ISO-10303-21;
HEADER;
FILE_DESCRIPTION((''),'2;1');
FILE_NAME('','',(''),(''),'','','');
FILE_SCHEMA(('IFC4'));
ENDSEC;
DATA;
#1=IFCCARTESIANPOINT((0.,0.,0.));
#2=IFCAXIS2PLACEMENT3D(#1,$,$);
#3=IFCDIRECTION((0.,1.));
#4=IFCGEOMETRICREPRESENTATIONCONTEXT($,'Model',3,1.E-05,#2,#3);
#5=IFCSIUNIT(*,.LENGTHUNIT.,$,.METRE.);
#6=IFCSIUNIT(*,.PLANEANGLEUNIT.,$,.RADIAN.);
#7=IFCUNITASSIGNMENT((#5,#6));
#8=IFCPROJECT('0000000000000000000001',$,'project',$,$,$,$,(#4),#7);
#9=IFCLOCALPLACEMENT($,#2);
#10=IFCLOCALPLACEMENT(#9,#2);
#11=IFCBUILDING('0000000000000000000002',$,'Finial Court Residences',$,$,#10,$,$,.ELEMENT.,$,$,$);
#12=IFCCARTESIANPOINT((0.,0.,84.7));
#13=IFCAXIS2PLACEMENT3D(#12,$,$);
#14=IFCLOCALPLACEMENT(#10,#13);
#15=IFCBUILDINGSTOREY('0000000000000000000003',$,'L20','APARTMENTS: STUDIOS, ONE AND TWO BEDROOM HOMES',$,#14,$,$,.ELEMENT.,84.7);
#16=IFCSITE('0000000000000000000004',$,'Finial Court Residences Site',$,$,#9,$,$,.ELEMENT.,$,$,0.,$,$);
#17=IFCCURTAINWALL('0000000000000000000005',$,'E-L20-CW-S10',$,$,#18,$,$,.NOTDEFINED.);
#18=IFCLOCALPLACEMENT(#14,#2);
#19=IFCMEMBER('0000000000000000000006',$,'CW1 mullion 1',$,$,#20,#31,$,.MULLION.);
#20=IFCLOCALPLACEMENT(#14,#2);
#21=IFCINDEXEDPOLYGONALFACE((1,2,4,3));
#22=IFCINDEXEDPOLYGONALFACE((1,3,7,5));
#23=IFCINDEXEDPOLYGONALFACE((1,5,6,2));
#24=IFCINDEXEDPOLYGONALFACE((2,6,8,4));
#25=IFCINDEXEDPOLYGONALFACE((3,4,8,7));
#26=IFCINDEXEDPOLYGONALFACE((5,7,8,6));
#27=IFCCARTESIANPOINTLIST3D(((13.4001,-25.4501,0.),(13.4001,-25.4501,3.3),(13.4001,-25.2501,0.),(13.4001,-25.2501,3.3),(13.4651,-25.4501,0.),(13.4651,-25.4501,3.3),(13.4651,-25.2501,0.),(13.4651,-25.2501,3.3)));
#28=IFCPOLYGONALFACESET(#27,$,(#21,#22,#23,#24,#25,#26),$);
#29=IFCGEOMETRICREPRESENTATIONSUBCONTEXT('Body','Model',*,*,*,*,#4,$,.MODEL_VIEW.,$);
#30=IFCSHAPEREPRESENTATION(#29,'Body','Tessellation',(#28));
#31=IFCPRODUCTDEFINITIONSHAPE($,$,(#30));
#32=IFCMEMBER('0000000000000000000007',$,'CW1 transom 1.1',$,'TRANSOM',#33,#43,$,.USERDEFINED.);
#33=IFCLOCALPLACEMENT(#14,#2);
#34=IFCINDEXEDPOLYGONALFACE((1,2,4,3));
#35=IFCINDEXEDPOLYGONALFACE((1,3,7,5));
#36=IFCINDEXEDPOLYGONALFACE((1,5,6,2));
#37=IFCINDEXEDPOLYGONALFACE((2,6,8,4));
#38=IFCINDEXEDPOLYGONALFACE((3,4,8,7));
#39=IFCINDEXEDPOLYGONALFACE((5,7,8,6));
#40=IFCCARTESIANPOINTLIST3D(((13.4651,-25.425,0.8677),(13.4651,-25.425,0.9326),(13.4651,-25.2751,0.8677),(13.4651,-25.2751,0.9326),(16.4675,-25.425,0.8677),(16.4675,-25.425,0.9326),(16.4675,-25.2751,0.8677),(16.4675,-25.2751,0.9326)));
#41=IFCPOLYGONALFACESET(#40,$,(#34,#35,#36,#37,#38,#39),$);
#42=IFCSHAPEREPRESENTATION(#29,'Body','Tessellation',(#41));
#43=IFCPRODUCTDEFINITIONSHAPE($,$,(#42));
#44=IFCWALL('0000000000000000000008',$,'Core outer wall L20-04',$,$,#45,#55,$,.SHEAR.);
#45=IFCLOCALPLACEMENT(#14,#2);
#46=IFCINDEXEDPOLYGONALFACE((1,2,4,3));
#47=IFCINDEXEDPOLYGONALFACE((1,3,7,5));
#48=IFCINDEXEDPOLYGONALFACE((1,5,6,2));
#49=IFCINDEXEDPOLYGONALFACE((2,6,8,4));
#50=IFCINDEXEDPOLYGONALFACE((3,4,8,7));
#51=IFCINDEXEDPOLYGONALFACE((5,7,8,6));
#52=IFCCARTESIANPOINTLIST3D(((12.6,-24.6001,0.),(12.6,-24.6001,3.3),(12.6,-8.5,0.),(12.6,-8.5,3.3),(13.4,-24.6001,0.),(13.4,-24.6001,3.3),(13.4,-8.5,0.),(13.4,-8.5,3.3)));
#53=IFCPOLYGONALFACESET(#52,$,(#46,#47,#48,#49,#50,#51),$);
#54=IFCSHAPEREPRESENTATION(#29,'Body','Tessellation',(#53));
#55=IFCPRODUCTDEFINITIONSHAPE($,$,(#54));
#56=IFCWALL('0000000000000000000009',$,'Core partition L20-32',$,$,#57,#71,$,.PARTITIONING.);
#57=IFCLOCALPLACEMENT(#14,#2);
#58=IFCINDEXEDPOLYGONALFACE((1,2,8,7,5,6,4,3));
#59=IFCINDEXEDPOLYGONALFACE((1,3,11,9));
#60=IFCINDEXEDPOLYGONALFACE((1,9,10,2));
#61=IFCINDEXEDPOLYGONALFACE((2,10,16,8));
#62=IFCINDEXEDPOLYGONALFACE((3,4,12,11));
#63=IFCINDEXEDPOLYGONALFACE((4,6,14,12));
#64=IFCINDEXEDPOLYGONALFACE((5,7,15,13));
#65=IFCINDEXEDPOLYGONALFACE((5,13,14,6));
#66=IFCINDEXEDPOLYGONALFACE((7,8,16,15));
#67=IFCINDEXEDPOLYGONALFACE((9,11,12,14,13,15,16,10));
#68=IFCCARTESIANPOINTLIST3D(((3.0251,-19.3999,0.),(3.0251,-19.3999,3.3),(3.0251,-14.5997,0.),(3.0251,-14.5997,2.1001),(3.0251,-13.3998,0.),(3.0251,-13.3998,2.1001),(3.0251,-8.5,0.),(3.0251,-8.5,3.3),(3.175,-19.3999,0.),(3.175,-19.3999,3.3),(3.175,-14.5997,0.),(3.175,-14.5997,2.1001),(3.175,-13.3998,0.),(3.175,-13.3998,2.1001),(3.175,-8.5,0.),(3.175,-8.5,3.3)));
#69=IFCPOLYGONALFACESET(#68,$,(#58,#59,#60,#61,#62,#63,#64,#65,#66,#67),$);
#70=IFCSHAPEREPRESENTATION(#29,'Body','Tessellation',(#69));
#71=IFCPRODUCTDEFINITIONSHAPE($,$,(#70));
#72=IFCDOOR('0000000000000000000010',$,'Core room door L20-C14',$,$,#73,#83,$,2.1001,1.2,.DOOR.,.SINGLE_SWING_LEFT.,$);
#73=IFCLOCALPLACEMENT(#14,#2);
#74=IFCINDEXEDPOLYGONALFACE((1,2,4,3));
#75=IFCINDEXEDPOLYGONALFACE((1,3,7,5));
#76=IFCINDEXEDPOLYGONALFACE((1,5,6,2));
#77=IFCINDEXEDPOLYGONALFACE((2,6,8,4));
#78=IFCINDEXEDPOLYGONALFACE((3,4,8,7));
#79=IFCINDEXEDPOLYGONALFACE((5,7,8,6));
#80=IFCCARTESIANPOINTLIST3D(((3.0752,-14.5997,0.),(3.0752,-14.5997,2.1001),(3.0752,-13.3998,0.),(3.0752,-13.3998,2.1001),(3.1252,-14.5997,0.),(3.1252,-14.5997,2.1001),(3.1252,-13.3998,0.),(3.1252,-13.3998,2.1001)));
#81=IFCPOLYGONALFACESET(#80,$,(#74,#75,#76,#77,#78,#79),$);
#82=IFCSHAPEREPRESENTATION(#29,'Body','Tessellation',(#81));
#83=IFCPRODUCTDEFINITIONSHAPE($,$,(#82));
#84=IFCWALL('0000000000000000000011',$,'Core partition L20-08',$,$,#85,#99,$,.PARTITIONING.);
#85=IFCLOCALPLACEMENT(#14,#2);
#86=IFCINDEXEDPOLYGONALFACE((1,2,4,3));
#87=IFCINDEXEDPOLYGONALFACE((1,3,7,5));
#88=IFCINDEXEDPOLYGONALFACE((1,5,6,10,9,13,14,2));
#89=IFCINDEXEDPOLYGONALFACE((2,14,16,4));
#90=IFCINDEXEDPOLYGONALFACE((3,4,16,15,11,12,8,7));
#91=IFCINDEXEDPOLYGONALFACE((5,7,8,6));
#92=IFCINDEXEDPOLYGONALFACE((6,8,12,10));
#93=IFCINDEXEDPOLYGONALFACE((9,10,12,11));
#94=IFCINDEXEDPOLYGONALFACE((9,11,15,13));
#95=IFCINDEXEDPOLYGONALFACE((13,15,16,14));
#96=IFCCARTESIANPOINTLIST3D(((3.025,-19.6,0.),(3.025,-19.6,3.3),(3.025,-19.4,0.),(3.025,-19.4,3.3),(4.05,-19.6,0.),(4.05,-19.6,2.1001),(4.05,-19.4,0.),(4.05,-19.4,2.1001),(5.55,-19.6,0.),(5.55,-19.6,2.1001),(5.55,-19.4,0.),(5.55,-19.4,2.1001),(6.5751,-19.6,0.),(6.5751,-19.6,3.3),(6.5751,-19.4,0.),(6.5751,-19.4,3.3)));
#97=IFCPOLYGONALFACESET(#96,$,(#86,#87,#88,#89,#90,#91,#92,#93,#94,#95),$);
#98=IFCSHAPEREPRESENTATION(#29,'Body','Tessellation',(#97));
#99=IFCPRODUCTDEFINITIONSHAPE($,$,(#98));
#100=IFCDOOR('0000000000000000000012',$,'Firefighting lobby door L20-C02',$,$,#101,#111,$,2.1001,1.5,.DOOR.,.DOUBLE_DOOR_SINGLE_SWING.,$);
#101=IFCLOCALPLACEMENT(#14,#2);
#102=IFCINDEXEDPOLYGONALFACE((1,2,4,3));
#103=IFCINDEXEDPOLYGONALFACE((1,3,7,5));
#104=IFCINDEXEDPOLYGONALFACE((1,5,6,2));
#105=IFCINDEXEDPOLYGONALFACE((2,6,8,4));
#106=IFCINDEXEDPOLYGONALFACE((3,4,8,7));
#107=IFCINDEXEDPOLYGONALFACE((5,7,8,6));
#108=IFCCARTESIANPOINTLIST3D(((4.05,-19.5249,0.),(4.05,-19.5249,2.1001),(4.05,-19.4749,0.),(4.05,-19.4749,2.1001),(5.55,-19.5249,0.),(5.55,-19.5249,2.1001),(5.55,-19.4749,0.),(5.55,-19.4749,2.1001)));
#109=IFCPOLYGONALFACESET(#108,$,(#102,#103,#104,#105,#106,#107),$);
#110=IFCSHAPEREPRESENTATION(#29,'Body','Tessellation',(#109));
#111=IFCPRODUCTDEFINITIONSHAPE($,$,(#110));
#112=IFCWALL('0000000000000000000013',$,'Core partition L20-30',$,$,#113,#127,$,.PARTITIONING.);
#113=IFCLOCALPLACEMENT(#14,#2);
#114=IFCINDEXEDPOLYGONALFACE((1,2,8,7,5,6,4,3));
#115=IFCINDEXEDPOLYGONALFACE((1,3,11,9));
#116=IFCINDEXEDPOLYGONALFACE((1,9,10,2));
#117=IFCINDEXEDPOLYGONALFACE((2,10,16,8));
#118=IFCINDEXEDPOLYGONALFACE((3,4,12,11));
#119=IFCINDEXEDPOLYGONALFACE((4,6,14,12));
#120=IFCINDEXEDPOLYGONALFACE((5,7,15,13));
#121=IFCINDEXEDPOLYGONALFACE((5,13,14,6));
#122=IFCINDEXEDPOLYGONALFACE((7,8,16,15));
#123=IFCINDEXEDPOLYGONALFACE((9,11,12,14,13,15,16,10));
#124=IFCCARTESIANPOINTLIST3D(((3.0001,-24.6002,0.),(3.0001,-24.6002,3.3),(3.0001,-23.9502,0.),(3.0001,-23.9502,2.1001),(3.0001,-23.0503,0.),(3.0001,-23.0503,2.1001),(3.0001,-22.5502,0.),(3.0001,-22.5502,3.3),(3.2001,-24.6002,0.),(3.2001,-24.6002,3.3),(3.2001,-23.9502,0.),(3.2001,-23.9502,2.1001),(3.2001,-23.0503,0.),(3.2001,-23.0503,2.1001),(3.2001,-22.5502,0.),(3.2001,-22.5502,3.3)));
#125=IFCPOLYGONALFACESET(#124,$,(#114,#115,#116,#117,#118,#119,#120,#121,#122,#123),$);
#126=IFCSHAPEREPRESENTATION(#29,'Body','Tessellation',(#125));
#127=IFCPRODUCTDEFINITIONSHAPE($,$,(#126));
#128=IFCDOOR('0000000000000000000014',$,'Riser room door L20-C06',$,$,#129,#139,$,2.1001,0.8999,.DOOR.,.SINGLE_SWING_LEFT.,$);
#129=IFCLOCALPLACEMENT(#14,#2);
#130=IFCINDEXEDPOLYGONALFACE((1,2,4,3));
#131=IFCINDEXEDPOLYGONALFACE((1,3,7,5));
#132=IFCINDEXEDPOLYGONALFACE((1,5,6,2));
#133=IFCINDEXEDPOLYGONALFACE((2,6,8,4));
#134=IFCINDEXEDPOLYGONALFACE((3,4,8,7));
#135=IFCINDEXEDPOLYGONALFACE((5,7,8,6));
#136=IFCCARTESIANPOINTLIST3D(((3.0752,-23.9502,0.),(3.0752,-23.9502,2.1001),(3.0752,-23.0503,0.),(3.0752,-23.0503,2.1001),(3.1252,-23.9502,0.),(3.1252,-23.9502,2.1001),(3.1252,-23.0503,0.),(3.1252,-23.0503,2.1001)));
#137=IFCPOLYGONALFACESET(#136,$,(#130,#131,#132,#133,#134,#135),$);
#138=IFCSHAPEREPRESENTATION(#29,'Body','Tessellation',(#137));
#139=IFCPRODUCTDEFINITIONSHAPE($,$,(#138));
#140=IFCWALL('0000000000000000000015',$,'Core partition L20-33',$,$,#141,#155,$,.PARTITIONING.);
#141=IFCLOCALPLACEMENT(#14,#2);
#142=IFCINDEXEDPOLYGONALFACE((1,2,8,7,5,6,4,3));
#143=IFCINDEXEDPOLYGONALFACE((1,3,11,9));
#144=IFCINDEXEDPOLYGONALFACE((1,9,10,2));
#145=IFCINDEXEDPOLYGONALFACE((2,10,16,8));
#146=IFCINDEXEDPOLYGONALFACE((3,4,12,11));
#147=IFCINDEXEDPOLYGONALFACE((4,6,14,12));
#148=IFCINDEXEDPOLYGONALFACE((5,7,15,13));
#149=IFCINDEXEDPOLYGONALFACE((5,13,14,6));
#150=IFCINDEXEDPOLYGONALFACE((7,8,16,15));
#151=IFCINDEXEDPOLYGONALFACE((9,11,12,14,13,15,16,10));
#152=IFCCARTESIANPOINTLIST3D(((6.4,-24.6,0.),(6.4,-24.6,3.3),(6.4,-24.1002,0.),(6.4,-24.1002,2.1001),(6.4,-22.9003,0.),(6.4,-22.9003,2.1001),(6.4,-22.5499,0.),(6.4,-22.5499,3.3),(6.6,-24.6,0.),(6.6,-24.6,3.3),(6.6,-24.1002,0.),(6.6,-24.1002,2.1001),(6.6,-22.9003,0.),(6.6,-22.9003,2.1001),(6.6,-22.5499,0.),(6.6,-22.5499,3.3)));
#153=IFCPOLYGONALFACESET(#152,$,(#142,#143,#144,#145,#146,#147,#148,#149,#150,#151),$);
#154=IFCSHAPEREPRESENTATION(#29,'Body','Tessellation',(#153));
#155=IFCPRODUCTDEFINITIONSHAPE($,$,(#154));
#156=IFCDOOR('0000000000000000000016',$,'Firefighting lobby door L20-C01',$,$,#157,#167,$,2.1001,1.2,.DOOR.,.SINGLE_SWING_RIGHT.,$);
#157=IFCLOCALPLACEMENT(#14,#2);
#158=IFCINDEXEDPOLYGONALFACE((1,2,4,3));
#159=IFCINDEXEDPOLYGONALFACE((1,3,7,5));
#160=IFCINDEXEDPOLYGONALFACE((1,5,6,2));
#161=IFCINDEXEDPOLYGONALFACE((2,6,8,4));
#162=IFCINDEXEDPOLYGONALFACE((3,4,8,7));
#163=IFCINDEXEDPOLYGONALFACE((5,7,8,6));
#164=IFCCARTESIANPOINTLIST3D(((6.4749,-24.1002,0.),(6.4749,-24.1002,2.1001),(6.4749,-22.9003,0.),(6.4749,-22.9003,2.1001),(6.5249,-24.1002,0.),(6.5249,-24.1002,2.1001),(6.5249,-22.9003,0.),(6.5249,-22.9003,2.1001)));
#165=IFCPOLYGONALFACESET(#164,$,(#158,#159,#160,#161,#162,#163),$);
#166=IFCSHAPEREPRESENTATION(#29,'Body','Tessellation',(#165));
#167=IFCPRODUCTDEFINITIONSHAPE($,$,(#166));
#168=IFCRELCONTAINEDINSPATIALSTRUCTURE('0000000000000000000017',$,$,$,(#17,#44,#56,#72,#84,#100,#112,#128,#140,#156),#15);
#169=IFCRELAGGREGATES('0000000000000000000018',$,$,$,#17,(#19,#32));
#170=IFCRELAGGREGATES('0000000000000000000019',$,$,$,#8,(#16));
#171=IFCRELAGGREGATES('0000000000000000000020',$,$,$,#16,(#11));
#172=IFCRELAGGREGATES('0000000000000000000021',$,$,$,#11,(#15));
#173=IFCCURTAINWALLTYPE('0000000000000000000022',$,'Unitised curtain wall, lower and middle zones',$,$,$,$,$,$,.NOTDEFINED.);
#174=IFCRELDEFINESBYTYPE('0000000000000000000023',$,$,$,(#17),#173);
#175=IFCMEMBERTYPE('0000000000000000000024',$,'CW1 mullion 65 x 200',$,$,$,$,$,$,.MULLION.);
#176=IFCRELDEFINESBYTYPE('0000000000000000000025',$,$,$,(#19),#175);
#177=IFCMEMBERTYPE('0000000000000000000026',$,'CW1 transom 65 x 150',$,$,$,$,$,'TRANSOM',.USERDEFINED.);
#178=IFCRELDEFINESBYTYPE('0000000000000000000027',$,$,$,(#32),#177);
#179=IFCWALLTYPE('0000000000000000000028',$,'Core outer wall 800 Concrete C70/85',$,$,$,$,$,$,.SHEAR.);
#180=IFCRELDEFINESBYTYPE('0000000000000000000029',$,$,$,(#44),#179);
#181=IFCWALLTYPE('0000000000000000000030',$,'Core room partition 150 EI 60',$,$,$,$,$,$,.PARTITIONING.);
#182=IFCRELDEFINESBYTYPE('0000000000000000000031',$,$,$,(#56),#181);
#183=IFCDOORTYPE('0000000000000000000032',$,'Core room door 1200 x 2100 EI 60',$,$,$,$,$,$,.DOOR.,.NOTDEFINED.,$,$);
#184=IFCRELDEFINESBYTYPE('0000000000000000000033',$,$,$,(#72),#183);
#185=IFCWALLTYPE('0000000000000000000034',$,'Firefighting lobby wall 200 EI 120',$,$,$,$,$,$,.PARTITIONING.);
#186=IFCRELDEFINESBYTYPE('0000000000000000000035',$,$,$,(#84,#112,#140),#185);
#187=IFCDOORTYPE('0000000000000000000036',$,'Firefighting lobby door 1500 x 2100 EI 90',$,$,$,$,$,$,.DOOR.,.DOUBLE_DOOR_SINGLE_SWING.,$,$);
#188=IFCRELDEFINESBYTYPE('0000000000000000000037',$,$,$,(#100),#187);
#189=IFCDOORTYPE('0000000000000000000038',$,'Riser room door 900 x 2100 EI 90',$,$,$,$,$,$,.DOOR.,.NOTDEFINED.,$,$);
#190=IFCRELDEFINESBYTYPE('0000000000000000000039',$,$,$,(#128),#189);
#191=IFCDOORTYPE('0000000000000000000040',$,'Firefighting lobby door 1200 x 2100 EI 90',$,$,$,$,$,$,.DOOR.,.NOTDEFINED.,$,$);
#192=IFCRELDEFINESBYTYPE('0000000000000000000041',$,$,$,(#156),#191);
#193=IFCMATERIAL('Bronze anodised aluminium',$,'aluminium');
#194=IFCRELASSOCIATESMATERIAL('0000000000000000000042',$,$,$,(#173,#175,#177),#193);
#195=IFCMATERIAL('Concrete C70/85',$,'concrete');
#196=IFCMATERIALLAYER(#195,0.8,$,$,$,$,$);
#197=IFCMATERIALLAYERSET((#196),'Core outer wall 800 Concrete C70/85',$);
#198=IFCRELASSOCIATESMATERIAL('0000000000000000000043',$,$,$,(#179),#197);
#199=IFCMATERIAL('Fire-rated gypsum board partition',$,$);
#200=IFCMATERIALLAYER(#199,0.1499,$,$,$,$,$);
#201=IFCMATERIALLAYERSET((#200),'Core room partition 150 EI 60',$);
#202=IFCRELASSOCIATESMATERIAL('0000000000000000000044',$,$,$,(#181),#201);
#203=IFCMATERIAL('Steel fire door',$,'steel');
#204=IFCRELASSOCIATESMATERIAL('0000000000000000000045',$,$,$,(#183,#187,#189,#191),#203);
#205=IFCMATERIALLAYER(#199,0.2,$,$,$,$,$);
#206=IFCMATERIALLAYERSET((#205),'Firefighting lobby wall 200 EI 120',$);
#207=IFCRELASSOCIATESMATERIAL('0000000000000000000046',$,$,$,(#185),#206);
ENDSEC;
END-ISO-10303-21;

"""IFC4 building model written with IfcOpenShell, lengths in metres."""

from ifc_helpers import new_model, si_unit, direction, frame, frame_2d, origin, origin_2d, place, context, subcontext, project, spatial, rectangle, extrude, material, layer, layer_set, material_profile, profile_set, type_object, element, fill, aggregate, save


model = new_model("IFC4")

# Units and contexts
model_context = context("Model", 3, precision=1e-05, world=origin(), true_north=direction((0.0, 1.0)))
body_context = subcontext(model_context, "Body", "Model", "MODEL_VIEW")
ifc_project = project(units=[si_unit("LENGTHUNIT", "METRE"), si_unit("PLANEANGLEUNIT", "RADIAN")], contexts=[model_context])

# Site, building, storey
site_placement = place(None, origin())
site = spatial("IfcSite", under=ifc_project, at=site_placement, Name="Finial Court Residences Site", CompositionType="ELEMENT", RefElevation=0.0)
building_placement = place(site_placement, origin())
building = spatial("IfcBuilding", under=site, at=building_placement, Name="Finial Court Residences", CompositionType="ELEMENT")
storey_placement = place(building_placement, frame((0.0, 0.0, 84.7)))
storey = spatial("IfcBuildingStorey", under=building, at=storey_placement, Name="L20", Description="APARTMENTS: STUDIOS, ONE AND TWO BEDROOM HOMES", CompositionType="ELEMENT", Elevation=84.7)

# Curtain wall, members
ifc_material_1 = material(Name="Bronze anodised aluminium", Category="aluminium")
curtain_wall_type = type_object("IfcCurtainWallType", Name="Unitised curtain wall, lower and middle zones", PredefinedType="NOTDEFINED", material=ifc_material_1)
curtain_wall_placement = place(storey_placement, origin())
curtain_wall = element("IfcCurtainWall", 1, at=curtain_wall_placement, inside=storey, type_object=curtain_wall_type, Name="E-L20-CW-S10", PredefinedType="NOTDEFINED")
ifc_material_profile_1 = material_profile(ifc_material_1, rectangle(XDim=0.2, YDim=0.0649, at=origin_2d()), Name="CW1 mullion 65 x 200")
ifc_profile_set_1 = profile_set([ifc_material_profile_1], Name="Bronze anodised aluminium")
member_type_1 = type_object("IfcMemberType", Name="CW1 mullion 65 x 200", PredefinedType="MULLION", material=ifc_profile_set_1)
member_1_placement = place(storey_placement, frame((13.4326, -25.3501, 0.0), z_axis=(0.0, 0.0, 1.0), x_axis=(0.0, 1.0, 0.0)))
member_1 = element("IfcMember", 2, at=member_1_placement, type_object=member_type_1, Name="CW1 mullion 1", PredefinedType="MULLION", context=body_context, shape_type="SweptSolid", body=[
    extrude(rectangle(XDim=0.2, YDim=0.0649, at=origin_2d()), origin(), (0.0, 0.0, 1.0), 3.3),
])
ifc_material_profile_2 = material_profile(ifc_material_1, rectangle(XDim=0.1499, YDim=0.0649, at=origin_2d()), Name="CW1 transom 65 x 150")
ifc_profile_set_2 = profile_set([ifc_material_profile_2], Name="Bronze anodised aluminium")
member_type_2 = type_object("IfcMemberType", Name="CW1 transom 65 x 150", ElementType="TRANSOM", PredefinedType="USERDEFINED", material=ifc_profile_set_2)
member_2_placement = place(storey_placement, frame((13.4651, -25.3501, 0.9001), z_axis=(1.0, 0.0, 0.0), x_axis=(0.0, 1.0, 0.0)))
member_2 = element("IfcMember", 3, at=member_2_placement, type_object=member_type_2, Name="CW1 transom 1.1", ObjectType="TRANSOM", PredefinedType="USERDEFINED", context=body_context, shape_type="SweptSolid", body=[
    extrude(rectangle(XDim=0.1499, YDim=0.0649, at=origin_2d()), origin(), (0.0, 0.0, 1.0), 3.0024),
])
aggregate(curtain_wall, [member_1, member_2])

# Wall
ifc_material_2 = material(Name="Concrete C70/85", Category="concrete")
ifc_layer_1 = layer(ifc_material_2, 0.8)
ifc_layer_set_1 = layer_set([ifc_layer_1], Name="Core outer wall 800 Concrete C70/85")
wall_type_1 = type_object("IfcWallType", Name="Core outer wall 800 Concrete C70/85", PredefinedType="SHEAR", material=ifc_layer_set_1)
wall_1_placement = place(storey_placement, frame((13.0, -24.6001, 0.0), z_axis=(0.0, 0.0, 1.0), x_axis=(0.0, 1.0, 0.0)))
element("IfcWall", 4, at=wall_1_placement, inside=storey, type_object=wall_type_1, Name="Core outer wall L20-04", PredefinedType="SHEAR", context=body_context, shape_type="SweptSolid", body=[
    extrude(rectangle(XDim=16.1001, YDim=0.8, at=frame_2d((8.05, 0.0))), origin(), (0.0, 0.0, 1.0), 3.3),
])

# Walls, openings, doors
ifc_material_3 = material(Name="Fire-rated gypsum board partition")
ifc_layer_2 = layer(ifc_material_3, 0.1499)
ifc_layer_set_2 = layer_set([ifc_layer_2], Name="Core room partition 150 EI 60")
wall_type_2 = type_object("IfcWallType", Name="Core room partition 150 EI 60", PredefinedType="PARTITIONING", material=ifc_layer_set_2)
wall_2_placement = place(storey_placement, frame((3.1001, -19.3999, 0.0), z_axis=(0.0, 0.0, 1.0), x_axis=(0.0, 1.0, 0.0)))
wall_2 = element("IfcWall", 5, at=wall_2_placement, inside=storey, type_object=wall_type_2, Name="Core partition L20-32", PredefinedType="PARTITIONING", context=body_context, shape_type="SweptSolid", body=[
    extrude(rectangle(XDim=10.8999, YDim=0.1499, at=frame_2d((5.45, 0.0))), origin(), (0.0, 0.0, 1.0), 3.3),
])
opening_1_placement = place(wall_2_placement, frame((4.8, 0.0, 0.0)))
opening_1 = element("IfcOpeningElement", 6, at=opening_1_placement, cuts=wall_2, PredefinedType="OPENING", context=body_context, shape_type="SweptSolid", body=[
    extrude(rectangle(XDim=1.2, YDim=2.1001, at=frame_2d((0.6001, 1.05))), frame((0.0, 0.085, 0.0), z_axis=(0.0, -1.0, 0.0), x_axis=(1.0, 0.0, 0.0)), (0.0, 0.0, 1.0), 0.1699),
])
ifc_material_4 = material(Name="Steel fire door", Category="steel")
door_type_1 = type_object("IfcDoorType", Name="Core room door 1200 x 2100 EI 60", OperationType="NOTDEFINED", PredefinedType="DOOR", material=ifc_material_4)
door_1_placement = place(opening_1_placement, origin())
door_1 = element("IfcDoor", 7, at=door_1_placement, inside=storey, type_object=door_type_1, Name="Core room door L20-C14", OperationType="SINGLE_SWING_LEFT", OverallHeight=2.1001, OverallWidth=1.2, PredefinedType="DOOR", context=body_context, shape_type="SweptSolid", body=[
    extrude(rectangle(XDim=1.2, YDim=2.1001, at=frame_2d((0.6001, 1.05))), frame((0.0, 0.0249, 0.0), z_axis=(0.0, -1.0, 0.0), x_axis=(1.0, 0.0, 0.0)), (0.0, 0.0, 1.0), 0.05),
])
fill(opening_1, door_1)
ifc_layer_3 = layer(ifc_material_3, 0.2)
ifc_layer_set_3 = layer_set([ifc_layer_3], Name="Firefighting lobby wall 200 EI 120")
wall_type_3 = type_object("IfcWallType", Name="Firefighting lobby wall 200 EI 120", PredefinedType="PARTITIONING", material=ifc_layer_set_3)
wall_3_placement = place(storey_placement, frame((6.575, -19.5, 0.0), z_axis=(0.0, 0.0, 1.0), x_axis=(-1.0, 0.0, 0.0)))
wall_3 = element("IfcWall", 8, at=wall_3_placement, inside=storey, type_object=wall_type_3, Name="Core partition L20-08", PredefinedType="PARTITIONING", context=body_context, shape_type="SweptSolid", body=[
    extrude(rectangle(XDim=3.55, YDim=0.2, at=frame_2d((1.7749, 0.0))), origin(), (0.0, 0.0, 1.0), 3.3),
])
opening_2_placement = place(wall_3_placement, frame((1.0249, 0.0, 0.0)))
opening_2 = element("IfcOpeningElement", 9, at=opening_2_placement, cuts=wall_3, PredefinedType="OPENING", context=body_context, shape_type="SweptSolid", body=[
    extrude(rectangle(XDim=1.5, YDim=2.1001, at=frame_2d((0.75, 1.05))), frame((0.0, 0.1099, 0.0), z_axis=(0.0, -1.0, 0.0), x_axis=(1.0, 0.0, 0.0)), (0.0, 0.0, 1.0), 0.22),
])
door_type_2 = type_object("IfcDoorType", Name="Firefighting lobby door 1500 x 2100 EI 90", OperationType="DOUBLE_DOOR_SINGLE_SWING", PredefinedType="DOOR", material=ifc_material_4)
door_2_placement = place(opening_2_placement, origin())
door_2 = element("IfcDoor", 10, at=door_2_placement, inside=storey, type_object=door_type_2, Name="Firefighting lobby door L20-C02", OperationType="DOUBLE_DOOR_SINGLE_SWING", OverallHeight=2.1001, OverallWidth=1.5, PredefinedType="DOOR", context=body_context, shape_type="SweptSolid", body=[
    extrude(rectangle(XDim=1.5, YDim=2.1001, at=frame_2d((0.75, 1.05))), frame((0.0, 0.0249, 0.0), z_axis=(0.0, -1.0, 0.0), x_axis=(1.0, 0.0, 0.0)), (0.0, 0.0, 1.0), 0.05),
])
fill(opening_2, door_2)
wall_4_placement = place(storey_placement, frame((3.1001, -24.6001, 0.0), z_axis=(0.0, 0.0, 1.0), x_axis=(0.0, 1.0, 0.0)))
wall_4 = element("IfcWall", 11, at=wall_4_placement, inside=storey, type_object=wall_type_3, Name="Core partition L20-30", PredefinedType="PARTITIONING", context=body_context, shape_type="SweptSolid", body=[
    extrude(rectangle(XDim=2.05, YDim=0.2, at=frame_2d((1.0249, 0.0))), origin(), (0.0, 0.0, 1.0), 3.3),
])
opening_3_placement = place(wall_4_placement, frame((0.6499, 0.0, 0.0)))
opening_3 = element("IfcOpeningElement", 12, at=opening_3_placement, cuts=wall_4, PredefinedType="OPENING", context=body_context, shape_type="SweptSolid", body=[
    extrude(rectangle(XDim=0.8999, YDim=2.1001, at=frame_2d((0.45, 1.05))), frame((0.0, 0.1099, 0.0), z_axis=(0.0, -1.0, 0.0), x_axis=(1.0, 0.0, 0.0)), (0.0, 0.0, 1.0), 0.22),
])
door_type_3 = type_object("IfcDoorType", Name="Riser room door 900 x 2100 EI 90", OperationType="NOTDEFINED", PredefinedType="DOOR", material=ifc_material_4)
door_3_placement = place(opening_3_placement, origin())
door_3 = element("IfcDoor", 13, at=door_3_placement, inside=storey, type_object=door_type_3, Name="Riser room door L20-C06", OperationType="SINGLE_SWING_LEFT", OverallHeight=2.1001, OverallWidth=0.8999, PredefinedType="DOOR", context=body_context, shape_type="SweptSolid", body=[
    extrude(rectangle(XDim=0.8999, YDim=2.1001, at=frame_2d((0.45, 1.05))), frame((0.0, 0.0249, 0.0), z_axis=(0.0, -1.0, 0.0), x_axis=(1.0, 0.0, 0.0)), (0.0, 0.0, 1.0), 0.05),
])
fill(opening_3, door_3)
wall_5_placement = place(storey_placement, frame((6.5, -22.55, 0.0), z_axis=(0.0, 0.0, 1.0), x_axis=(0.0, -1.0, 0.0)))
wall_5 = element("IfcWall", 14, at=wall_5_placement, inside=storey, type_object=wall_type_3, Name="Core partition L20-33", PredefinedType="PARTITIONING", context=body_context, shape_type="SweptSolid", body=[
    extrude(rectangle(XDim=2.05, YDim=0.2, at=frame_2d((1.0249, 0.0))), origin(), (0.0, 0.0, 1.0), 3.3),
])
opening_4_placement = place(wall_5_placement, frame((0.3501, 0.0, 0.0)))
opening_4 = element("IfcOpeningElement", 15, at=opening_4_placement, cuts=wall_5, PredefinedType="OPENING", context=body_context, shape_type="SweptSolid", body=[
    extrude(rectangle(XDim=1.2, YDim=2.1001, at=frame_2d((0.6001, 1.05))), frame((0.0, 0.1099, 0.0), z_axis=(0.0, -1.0, 0.0), x_axis=(1.0, 0.0, 0.0)), (0.0, 0.0, 1.0), 0.22),
])
door_type_4 = type_object("IfcDoorType", Name="Firefighting lobby door 1200 x 2100 EI 90", OperationType="NOTDEFINED", PredefinedType="DOOR", material=ifc_material_4)
door_4_placement = place(opening_4_placement, origin())
door_4 = element("IfcDoor", 16, at=door_4_placement, inside=storey, type_object=door_type_4, Name="Firefighting lobby door L20-C01", OperationType="SINGLE_SWING_RIGHT", OverallHeight=2.1001, OverallWidth=1.2, PredefinedType="DOOR", context=body_context, shape_type="SweptSolid", body=[
    extrude(rectangle(XDim=1.2, YDim=2.1001, at=frame_2d((0.6001, 1.05))), frame((0.0, 0.0249, 0.0), z_axis=(0.0, -1.0, 0.0), x_axis=(1.0, 0.0, 0.0)), (0.0, 0.0, 1.0), 0.05),
])
fill(opening_4, door_4)

save(model, "model.ifc")
